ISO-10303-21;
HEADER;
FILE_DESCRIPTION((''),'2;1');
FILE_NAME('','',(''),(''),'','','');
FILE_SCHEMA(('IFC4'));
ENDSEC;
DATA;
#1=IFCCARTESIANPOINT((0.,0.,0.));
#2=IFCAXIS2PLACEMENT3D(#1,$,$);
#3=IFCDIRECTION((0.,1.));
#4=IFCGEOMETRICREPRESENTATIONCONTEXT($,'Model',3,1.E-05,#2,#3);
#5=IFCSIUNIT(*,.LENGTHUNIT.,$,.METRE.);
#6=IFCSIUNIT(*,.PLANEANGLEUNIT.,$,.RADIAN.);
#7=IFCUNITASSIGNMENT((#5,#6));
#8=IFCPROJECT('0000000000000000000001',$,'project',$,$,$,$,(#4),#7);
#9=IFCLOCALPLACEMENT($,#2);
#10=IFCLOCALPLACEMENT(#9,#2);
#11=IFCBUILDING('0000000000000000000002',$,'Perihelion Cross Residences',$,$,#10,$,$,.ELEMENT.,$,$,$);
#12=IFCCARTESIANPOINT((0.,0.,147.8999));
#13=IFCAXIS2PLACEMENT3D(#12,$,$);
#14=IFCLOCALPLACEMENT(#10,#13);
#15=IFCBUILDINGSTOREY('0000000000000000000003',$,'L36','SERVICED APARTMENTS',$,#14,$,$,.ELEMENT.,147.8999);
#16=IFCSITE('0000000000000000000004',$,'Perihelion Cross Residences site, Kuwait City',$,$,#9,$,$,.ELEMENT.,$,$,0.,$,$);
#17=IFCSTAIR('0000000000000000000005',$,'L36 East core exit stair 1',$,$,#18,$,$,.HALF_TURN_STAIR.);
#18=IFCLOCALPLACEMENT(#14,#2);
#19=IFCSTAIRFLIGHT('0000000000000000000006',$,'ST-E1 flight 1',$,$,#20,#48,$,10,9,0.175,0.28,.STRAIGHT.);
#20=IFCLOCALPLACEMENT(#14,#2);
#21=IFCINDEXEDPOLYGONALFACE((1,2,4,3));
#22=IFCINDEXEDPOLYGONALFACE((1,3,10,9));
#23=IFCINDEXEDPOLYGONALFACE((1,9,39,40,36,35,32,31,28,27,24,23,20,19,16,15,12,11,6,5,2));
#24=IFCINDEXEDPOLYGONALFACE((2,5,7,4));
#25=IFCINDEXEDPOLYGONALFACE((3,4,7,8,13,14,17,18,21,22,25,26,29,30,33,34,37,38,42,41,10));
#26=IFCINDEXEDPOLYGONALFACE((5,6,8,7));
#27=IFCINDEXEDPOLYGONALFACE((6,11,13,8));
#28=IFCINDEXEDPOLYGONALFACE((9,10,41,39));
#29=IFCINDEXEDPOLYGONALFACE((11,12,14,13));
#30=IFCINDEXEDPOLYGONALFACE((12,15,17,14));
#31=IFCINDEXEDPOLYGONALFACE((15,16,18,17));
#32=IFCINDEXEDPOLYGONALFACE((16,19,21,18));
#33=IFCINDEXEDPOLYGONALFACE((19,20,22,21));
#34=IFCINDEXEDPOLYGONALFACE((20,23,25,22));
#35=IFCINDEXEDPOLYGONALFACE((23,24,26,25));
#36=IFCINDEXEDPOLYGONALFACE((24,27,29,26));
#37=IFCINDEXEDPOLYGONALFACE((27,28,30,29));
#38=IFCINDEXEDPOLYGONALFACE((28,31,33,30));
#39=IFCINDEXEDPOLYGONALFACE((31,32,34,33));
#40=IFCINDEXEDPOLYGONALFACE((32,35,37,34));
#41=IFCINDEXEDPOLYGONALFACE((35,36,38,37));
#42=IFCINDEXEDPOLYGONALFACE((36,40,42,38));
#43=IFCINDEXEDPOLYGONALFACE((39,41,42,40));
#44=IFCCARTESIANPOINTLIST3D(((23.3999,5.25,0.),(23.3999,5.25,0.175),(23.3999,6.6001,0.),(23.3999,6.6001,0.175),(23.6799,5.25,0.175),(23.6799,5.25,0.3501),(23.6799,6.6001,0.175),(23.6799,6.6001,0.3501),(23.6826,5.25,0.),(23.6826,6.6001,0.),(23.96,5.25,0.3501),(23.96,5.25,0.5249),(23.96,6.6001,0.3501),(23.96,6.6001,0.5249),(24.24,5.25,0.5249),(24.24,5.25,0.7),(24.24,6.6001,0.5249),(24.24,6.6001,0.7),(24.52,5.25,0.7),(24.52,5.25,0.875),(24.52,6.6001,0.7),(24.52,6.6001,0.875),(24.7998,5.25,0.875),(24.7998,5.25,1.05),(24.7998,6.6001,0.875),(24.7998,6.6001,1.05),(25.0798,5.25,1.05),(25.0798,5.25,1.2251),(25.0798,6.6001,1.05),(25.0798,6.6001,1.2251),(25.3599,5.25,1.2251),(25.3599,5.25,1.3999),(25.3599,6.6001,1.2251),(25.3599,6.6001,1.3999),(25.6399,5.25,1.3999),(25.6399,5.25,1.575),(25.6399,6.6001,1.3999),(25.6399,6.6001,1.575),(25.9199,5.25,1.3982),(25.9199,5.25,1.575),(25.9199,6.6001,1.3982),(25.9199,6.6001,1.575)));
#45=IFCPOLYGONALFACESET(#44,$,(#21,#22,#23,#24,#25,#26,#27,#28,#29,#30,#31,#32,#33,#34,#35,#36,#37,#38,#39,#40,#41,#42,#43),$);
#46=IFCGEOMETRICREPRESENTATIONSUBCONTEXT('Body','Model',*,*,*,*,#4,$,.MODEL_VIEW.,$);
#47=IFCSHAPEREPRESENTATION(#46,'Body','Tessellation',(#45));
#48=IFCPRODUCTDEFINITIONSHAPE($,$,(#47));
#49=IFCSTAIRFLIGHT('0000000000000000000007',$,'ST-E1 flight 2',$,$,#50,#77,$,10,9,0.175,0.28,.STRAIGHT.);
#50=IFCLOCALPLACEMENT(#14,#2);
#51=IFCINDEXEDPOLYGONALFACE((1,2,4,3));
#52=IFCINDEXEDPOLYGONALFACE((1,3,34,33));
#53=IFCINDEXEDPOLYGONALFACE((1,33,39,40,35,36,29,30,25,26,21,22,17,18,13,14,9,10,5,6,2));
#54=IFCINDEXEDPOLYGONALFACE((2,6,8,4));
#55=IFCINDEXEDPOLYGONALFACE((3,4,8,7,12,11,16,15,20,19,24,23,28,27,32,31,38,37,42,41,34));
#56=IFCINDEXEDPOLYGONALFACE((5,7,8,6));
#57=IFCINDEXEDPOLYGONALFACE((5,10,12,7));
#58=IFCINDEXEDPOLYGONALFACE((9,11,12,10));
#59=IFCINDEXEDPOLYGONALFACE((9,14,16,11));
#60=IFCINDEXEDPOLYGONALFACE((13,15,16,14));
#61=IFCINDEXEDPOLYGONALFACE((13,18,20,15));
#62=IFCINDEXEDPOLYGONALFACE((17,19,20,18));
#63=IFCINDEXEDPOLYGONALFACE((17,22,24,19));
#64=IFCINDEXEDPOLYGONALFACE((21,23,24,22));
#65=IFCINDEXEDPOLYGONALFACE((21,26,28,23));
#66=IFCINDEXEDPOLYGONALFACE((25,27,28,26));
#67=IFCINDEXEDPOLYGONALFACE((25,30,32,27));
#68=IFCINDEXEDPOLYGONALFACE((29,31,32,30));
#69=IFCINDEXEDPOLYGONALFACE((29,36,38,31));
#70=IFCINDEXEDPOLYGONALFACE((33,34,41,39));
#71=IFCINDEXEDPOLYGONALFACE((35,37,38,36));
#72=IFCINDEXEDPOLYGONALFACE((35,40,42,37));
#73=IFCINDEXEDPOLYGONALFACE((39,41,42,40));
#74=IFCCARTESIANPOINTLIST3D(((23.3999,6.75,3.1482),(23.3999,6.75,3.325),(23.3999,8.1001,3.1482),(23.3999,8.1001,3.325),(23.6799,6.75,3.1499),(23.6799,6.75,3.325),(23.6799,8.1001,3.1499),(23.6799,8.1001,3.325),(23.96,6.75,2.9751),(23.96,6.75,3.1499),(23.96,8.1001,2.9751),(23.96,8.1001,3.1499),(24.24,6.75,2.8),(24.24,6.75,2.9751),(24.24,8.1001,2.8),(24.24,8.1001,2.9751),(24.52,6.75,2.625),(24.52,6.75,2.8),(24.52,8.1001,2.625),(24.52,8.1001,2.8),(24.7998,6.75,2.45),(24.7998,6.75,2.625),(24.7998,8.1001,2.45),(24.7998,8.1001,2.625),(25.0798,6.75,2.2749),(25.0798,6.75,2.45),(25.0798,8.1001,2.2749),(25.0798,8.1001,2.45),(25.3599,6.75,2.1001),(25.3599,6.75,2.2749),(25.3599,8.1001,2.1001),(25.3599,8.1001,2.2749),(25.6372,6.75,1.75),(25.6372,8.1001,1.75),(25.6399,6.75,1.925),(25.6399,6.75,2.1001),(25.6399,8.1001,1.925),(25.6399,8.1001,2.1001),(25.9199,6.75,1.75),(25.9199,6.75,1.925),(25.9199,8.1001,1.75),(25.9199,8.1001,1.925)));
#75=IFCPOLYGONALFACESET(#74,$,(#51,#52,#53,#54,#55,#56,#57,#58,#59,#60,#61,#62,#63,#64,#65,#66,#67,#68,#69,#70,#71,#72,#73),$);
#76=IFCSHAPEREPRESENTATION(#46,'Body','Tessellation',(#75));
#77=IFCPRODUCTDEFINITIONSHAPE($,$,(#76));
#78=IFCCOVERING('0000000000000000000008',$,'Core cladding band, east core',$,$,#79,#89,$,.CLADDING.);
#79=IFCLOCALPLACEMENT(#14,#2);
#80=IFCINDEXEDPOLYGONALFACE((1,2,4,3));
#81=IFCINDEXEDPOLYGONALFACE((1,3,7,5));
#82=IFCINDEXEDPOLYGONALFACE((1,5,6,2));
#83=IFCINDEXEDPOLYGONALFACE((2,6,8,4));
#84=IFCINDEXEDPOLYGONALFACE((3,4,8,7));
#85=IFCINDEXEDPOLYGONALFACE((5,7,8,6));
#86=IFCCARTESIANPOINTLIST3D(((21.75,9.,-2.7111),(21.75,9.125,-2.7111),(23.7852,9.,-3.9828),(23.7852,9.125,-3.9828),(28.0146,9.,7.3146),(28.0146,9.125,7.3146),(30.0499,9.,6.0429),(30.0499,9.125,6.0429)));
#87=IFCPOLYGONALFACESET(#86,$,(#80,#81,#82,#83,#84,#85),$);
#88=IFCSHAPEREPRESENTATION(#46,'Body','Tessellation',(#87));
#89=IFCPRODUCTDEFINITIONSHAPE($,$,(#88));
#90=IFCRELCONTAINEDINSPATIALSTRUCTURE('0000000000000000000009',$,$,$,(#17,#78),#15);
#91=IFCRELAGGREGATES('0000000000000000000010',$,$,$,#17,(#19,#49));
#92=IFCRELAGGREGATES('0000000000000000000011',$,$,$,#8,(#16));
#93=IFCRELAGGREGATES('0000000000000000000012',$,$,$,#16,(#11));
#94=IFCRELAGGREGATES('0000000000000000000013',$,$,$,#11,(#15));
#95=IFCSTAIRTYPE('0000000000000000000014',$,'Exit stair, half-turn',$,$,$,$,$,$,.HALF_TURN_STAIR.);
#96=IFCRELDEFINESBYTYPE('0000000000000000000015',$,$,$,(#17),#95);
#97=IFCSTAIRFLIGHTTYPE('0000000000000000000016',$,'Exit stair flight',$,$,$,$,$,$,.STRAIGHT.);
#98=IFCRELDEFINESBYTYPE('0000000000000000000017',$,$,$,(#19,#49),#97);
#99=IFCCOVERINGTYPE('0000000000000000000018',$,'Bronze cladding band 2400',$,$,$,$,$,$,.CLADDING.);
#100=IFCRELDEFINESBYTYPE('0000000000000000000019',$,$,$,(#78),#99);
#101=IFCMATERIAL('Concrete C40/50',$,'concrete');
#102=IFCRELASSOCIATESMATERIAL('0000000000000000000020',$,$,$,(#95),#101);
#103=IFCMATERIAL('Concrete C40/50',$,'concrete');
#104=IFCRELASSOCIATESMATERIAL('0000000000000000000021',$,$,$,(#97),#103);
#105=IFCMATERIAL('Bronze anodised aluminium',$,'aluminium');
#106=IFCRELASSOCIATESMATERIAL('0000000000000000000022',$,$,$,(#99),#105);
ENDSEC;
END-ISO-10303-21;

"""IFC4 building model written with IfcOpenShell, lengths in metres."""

from ifc_helpers import new_model, si_unit, direction, frame, origin, origin_2d, place, context, subcontext, project, spatial, polyline, rectangle, outline, extrude, material, material_profile, profile_set, type_object, element, aggregate, save


model = new_model("IFC4")

# Units and contexts
model_context = context("Model", 3, precision=1e-05, world=origin(), true_north=direction((0.0, 1.0)))
body_context = subcontext(model_context, "Body", "Model", "MODEL_VIEW")
ifc_project = project(units=[si_unit("LENGTHUNIT", "METRE"), si_unit("PLANEANGLEUNIT", "RADIAN")], contexts=[model_context])

# Site, building, storey
site_placement = place(None, origin())
site = spatial("IfcSite", under=ifc_project, at=site_placement, Name="Perihelion Cross Residences site, Kuwait City", CompositionType="ELEMENT", RefElevation=0.0)
building_placement = place(site_placement, origin())
building = spatial("IfcBuilding", under=site, at=building_placement, Name="Perihelion Cross Residences", CompositionType="ELEMENT")
storey_placement = place(building_placement, frame((0.0, 0.0, 147.8999)))
storey = spatial("IfcBuildingStorey", under=building, at=storey_placement, Name="L36", Description="SERVICED APARTMENTS", CompositionType="ELEMENT", Elevation=147.8999)

# Stair, stair flights
ifc_material_1 = material(Name="Concrete C40/50", Category="concrete")
stair_type = type_object("IfcStairType", Name="Exit stair, half-turn", PredefinedType="HALF_TURN_STAIR", material=ifc_material_1)
stair_placement = place(storey_placement, origin())
stair = element("IfcStair", 1, at=stair_placement, inside=storey, type_object=stair_type, Name="L36 East core exit stair 1", PredefinedType="HALF_TURN_STAIR")
ifc_material_2 = material(Name="Concrete C40/50", Category="concrete")
stair_flight_type = type_object("IfcStairFlightType", Name="Exit stair flight", PredefinedType="STRAIGHT", material=ifc_material_2)
stair_flight_1_placement = place(storey_placement, frame((23.3999, 5.925, 0.0), z_axis=(0.0, 0.0, 1.0), x_axis=(1.0, 0.0, 0.0)))
stair_flight_1 = element("IfcStairFlight", 2, at=stair_flight_1_placement, type_object=stair_flight_type, Name="ST-E1 flight 1", NumberOfRisers=10, NumberOfTreads=9, PredefinedType="STRAIGHT", RiserHeight=0.175, TreadLength=0.28, context=body_context, shape_type="SweptSolid", body=[
    extrude(outline(polyline([(0.0, 0.0), (0.0, 0.175), (0.28, 0.175), (0.28, 0.3501), (0.5601, 0.3501), (0.5601, 0.5249), (0.8401, 0.5249), (0.8401, 0.7), (1.1201, 0.7), (1.1201, 0.875), (1.3999, 0.875), (1.3999, 1.05), (1.6799, 1.05), (1.6799, 1.2251), (1.96, 1.2251), (1.96, 1.3999), (2.24, 1.3999), (2.24, 1.575), (2.52, 1.575), (2.52, 1.75), (2.52, 1.3982), (0.2827, 0.0), (0.0, 0.0)])), frame((0.0, 0.675, 0.0), z_axis=(0.0, -1.0, 0.0), x_axis=(1.0, 0.0, 0.0)), (0.0, 0.0, 1.0), 1.3501),
])
stair_flight_2_placement = place(storey_placement, frame((25.9199, 7.425, 1.75), z_axis=(0.0, 0.0, 1.0), x_axis=(-1.0, 0.0, 0.0)))
stair_flight_2 = element("IfcStairFlight", 3, at=stair_flight_2_placement, type_object=stair_flight_type, Name="ST-E1 flight 2", NumberOfRisers=10, NumberOfTreads=9, PredefinedType="STRAIGHT", RiserHeight=0.175, TreadLength=0.28, context=body_context, shape_type="SweptSolid", body=[
    extrude(outline(polyline([(0.0, 0.0), (0.0, 0.175), (0.28, 0.175), (0.28, 0.3501), (0.5601, 0.3501), (0.5601, 0.5249), (0.8401, 0.5249), (0.8401, 0.7), (1.1201, 0.7), (1.1201, 0.875), (1.3999, 0.875), (1.3999, 1.05), (1.6799, 1.05), (1.6799, 1.2251), (1.96, 1.2251), (1.96, 1.3999), (2.24, 1.3999), (2.24, 1.575), (2.52, 1.575), (2.52, 1.75), (2.52, 1.3982), (0.2827, 0.0), (0.0, 0.0)])), frame((0.0, 0.675, 0.0), z_axis=(0.0, -1.0, 0.0), x_axis=(1.0, 0.0, 0.0)), (0.0, 0.0, 1.0), 1.3501),
])
aggregate(stair, [stair_flight_1, stair_flight_2])

# Covering
ifc_material_3 = material(Name="Bronze anodised aluminium", Category="aluminium")
ifc_material_profile = material_profile(ifc_material_3, rectangle(XDim=0.125, YDim=2.3999, at=origin_2d()), Name="Bronze cladding band 2400")
ifc_profile_set = profile_set([ifc_material_profile], Name="Bronze anodised aluminium")
covering_type = type_object("IfcCoveringType", Name="Bronze cladding band 2400", PredefinedType="CLADDING", material=ifc_profile_set)
covering_placement = place(storey_placement, frame((22.7676, 9.0625, -3.3469), z_axis=(0.529915, 0.0, 0.848051), x_axis=(0.0, 1.0, 0.0)))
element("IfcCovering", 4, at=covering_placement, inside=storey, type_object=covering_type, Name="Core cladding band, east core", PredefinedType="CLADDING", context=body_context, shape_type="SweptSolid", body=[
    extrude(rectangle(XDim=0.125, YDim=2.3999, at=origin_2d()), origin(), (0.0, 0.0, 1.0), 11.822),
])

save(model, "model.ifc")
